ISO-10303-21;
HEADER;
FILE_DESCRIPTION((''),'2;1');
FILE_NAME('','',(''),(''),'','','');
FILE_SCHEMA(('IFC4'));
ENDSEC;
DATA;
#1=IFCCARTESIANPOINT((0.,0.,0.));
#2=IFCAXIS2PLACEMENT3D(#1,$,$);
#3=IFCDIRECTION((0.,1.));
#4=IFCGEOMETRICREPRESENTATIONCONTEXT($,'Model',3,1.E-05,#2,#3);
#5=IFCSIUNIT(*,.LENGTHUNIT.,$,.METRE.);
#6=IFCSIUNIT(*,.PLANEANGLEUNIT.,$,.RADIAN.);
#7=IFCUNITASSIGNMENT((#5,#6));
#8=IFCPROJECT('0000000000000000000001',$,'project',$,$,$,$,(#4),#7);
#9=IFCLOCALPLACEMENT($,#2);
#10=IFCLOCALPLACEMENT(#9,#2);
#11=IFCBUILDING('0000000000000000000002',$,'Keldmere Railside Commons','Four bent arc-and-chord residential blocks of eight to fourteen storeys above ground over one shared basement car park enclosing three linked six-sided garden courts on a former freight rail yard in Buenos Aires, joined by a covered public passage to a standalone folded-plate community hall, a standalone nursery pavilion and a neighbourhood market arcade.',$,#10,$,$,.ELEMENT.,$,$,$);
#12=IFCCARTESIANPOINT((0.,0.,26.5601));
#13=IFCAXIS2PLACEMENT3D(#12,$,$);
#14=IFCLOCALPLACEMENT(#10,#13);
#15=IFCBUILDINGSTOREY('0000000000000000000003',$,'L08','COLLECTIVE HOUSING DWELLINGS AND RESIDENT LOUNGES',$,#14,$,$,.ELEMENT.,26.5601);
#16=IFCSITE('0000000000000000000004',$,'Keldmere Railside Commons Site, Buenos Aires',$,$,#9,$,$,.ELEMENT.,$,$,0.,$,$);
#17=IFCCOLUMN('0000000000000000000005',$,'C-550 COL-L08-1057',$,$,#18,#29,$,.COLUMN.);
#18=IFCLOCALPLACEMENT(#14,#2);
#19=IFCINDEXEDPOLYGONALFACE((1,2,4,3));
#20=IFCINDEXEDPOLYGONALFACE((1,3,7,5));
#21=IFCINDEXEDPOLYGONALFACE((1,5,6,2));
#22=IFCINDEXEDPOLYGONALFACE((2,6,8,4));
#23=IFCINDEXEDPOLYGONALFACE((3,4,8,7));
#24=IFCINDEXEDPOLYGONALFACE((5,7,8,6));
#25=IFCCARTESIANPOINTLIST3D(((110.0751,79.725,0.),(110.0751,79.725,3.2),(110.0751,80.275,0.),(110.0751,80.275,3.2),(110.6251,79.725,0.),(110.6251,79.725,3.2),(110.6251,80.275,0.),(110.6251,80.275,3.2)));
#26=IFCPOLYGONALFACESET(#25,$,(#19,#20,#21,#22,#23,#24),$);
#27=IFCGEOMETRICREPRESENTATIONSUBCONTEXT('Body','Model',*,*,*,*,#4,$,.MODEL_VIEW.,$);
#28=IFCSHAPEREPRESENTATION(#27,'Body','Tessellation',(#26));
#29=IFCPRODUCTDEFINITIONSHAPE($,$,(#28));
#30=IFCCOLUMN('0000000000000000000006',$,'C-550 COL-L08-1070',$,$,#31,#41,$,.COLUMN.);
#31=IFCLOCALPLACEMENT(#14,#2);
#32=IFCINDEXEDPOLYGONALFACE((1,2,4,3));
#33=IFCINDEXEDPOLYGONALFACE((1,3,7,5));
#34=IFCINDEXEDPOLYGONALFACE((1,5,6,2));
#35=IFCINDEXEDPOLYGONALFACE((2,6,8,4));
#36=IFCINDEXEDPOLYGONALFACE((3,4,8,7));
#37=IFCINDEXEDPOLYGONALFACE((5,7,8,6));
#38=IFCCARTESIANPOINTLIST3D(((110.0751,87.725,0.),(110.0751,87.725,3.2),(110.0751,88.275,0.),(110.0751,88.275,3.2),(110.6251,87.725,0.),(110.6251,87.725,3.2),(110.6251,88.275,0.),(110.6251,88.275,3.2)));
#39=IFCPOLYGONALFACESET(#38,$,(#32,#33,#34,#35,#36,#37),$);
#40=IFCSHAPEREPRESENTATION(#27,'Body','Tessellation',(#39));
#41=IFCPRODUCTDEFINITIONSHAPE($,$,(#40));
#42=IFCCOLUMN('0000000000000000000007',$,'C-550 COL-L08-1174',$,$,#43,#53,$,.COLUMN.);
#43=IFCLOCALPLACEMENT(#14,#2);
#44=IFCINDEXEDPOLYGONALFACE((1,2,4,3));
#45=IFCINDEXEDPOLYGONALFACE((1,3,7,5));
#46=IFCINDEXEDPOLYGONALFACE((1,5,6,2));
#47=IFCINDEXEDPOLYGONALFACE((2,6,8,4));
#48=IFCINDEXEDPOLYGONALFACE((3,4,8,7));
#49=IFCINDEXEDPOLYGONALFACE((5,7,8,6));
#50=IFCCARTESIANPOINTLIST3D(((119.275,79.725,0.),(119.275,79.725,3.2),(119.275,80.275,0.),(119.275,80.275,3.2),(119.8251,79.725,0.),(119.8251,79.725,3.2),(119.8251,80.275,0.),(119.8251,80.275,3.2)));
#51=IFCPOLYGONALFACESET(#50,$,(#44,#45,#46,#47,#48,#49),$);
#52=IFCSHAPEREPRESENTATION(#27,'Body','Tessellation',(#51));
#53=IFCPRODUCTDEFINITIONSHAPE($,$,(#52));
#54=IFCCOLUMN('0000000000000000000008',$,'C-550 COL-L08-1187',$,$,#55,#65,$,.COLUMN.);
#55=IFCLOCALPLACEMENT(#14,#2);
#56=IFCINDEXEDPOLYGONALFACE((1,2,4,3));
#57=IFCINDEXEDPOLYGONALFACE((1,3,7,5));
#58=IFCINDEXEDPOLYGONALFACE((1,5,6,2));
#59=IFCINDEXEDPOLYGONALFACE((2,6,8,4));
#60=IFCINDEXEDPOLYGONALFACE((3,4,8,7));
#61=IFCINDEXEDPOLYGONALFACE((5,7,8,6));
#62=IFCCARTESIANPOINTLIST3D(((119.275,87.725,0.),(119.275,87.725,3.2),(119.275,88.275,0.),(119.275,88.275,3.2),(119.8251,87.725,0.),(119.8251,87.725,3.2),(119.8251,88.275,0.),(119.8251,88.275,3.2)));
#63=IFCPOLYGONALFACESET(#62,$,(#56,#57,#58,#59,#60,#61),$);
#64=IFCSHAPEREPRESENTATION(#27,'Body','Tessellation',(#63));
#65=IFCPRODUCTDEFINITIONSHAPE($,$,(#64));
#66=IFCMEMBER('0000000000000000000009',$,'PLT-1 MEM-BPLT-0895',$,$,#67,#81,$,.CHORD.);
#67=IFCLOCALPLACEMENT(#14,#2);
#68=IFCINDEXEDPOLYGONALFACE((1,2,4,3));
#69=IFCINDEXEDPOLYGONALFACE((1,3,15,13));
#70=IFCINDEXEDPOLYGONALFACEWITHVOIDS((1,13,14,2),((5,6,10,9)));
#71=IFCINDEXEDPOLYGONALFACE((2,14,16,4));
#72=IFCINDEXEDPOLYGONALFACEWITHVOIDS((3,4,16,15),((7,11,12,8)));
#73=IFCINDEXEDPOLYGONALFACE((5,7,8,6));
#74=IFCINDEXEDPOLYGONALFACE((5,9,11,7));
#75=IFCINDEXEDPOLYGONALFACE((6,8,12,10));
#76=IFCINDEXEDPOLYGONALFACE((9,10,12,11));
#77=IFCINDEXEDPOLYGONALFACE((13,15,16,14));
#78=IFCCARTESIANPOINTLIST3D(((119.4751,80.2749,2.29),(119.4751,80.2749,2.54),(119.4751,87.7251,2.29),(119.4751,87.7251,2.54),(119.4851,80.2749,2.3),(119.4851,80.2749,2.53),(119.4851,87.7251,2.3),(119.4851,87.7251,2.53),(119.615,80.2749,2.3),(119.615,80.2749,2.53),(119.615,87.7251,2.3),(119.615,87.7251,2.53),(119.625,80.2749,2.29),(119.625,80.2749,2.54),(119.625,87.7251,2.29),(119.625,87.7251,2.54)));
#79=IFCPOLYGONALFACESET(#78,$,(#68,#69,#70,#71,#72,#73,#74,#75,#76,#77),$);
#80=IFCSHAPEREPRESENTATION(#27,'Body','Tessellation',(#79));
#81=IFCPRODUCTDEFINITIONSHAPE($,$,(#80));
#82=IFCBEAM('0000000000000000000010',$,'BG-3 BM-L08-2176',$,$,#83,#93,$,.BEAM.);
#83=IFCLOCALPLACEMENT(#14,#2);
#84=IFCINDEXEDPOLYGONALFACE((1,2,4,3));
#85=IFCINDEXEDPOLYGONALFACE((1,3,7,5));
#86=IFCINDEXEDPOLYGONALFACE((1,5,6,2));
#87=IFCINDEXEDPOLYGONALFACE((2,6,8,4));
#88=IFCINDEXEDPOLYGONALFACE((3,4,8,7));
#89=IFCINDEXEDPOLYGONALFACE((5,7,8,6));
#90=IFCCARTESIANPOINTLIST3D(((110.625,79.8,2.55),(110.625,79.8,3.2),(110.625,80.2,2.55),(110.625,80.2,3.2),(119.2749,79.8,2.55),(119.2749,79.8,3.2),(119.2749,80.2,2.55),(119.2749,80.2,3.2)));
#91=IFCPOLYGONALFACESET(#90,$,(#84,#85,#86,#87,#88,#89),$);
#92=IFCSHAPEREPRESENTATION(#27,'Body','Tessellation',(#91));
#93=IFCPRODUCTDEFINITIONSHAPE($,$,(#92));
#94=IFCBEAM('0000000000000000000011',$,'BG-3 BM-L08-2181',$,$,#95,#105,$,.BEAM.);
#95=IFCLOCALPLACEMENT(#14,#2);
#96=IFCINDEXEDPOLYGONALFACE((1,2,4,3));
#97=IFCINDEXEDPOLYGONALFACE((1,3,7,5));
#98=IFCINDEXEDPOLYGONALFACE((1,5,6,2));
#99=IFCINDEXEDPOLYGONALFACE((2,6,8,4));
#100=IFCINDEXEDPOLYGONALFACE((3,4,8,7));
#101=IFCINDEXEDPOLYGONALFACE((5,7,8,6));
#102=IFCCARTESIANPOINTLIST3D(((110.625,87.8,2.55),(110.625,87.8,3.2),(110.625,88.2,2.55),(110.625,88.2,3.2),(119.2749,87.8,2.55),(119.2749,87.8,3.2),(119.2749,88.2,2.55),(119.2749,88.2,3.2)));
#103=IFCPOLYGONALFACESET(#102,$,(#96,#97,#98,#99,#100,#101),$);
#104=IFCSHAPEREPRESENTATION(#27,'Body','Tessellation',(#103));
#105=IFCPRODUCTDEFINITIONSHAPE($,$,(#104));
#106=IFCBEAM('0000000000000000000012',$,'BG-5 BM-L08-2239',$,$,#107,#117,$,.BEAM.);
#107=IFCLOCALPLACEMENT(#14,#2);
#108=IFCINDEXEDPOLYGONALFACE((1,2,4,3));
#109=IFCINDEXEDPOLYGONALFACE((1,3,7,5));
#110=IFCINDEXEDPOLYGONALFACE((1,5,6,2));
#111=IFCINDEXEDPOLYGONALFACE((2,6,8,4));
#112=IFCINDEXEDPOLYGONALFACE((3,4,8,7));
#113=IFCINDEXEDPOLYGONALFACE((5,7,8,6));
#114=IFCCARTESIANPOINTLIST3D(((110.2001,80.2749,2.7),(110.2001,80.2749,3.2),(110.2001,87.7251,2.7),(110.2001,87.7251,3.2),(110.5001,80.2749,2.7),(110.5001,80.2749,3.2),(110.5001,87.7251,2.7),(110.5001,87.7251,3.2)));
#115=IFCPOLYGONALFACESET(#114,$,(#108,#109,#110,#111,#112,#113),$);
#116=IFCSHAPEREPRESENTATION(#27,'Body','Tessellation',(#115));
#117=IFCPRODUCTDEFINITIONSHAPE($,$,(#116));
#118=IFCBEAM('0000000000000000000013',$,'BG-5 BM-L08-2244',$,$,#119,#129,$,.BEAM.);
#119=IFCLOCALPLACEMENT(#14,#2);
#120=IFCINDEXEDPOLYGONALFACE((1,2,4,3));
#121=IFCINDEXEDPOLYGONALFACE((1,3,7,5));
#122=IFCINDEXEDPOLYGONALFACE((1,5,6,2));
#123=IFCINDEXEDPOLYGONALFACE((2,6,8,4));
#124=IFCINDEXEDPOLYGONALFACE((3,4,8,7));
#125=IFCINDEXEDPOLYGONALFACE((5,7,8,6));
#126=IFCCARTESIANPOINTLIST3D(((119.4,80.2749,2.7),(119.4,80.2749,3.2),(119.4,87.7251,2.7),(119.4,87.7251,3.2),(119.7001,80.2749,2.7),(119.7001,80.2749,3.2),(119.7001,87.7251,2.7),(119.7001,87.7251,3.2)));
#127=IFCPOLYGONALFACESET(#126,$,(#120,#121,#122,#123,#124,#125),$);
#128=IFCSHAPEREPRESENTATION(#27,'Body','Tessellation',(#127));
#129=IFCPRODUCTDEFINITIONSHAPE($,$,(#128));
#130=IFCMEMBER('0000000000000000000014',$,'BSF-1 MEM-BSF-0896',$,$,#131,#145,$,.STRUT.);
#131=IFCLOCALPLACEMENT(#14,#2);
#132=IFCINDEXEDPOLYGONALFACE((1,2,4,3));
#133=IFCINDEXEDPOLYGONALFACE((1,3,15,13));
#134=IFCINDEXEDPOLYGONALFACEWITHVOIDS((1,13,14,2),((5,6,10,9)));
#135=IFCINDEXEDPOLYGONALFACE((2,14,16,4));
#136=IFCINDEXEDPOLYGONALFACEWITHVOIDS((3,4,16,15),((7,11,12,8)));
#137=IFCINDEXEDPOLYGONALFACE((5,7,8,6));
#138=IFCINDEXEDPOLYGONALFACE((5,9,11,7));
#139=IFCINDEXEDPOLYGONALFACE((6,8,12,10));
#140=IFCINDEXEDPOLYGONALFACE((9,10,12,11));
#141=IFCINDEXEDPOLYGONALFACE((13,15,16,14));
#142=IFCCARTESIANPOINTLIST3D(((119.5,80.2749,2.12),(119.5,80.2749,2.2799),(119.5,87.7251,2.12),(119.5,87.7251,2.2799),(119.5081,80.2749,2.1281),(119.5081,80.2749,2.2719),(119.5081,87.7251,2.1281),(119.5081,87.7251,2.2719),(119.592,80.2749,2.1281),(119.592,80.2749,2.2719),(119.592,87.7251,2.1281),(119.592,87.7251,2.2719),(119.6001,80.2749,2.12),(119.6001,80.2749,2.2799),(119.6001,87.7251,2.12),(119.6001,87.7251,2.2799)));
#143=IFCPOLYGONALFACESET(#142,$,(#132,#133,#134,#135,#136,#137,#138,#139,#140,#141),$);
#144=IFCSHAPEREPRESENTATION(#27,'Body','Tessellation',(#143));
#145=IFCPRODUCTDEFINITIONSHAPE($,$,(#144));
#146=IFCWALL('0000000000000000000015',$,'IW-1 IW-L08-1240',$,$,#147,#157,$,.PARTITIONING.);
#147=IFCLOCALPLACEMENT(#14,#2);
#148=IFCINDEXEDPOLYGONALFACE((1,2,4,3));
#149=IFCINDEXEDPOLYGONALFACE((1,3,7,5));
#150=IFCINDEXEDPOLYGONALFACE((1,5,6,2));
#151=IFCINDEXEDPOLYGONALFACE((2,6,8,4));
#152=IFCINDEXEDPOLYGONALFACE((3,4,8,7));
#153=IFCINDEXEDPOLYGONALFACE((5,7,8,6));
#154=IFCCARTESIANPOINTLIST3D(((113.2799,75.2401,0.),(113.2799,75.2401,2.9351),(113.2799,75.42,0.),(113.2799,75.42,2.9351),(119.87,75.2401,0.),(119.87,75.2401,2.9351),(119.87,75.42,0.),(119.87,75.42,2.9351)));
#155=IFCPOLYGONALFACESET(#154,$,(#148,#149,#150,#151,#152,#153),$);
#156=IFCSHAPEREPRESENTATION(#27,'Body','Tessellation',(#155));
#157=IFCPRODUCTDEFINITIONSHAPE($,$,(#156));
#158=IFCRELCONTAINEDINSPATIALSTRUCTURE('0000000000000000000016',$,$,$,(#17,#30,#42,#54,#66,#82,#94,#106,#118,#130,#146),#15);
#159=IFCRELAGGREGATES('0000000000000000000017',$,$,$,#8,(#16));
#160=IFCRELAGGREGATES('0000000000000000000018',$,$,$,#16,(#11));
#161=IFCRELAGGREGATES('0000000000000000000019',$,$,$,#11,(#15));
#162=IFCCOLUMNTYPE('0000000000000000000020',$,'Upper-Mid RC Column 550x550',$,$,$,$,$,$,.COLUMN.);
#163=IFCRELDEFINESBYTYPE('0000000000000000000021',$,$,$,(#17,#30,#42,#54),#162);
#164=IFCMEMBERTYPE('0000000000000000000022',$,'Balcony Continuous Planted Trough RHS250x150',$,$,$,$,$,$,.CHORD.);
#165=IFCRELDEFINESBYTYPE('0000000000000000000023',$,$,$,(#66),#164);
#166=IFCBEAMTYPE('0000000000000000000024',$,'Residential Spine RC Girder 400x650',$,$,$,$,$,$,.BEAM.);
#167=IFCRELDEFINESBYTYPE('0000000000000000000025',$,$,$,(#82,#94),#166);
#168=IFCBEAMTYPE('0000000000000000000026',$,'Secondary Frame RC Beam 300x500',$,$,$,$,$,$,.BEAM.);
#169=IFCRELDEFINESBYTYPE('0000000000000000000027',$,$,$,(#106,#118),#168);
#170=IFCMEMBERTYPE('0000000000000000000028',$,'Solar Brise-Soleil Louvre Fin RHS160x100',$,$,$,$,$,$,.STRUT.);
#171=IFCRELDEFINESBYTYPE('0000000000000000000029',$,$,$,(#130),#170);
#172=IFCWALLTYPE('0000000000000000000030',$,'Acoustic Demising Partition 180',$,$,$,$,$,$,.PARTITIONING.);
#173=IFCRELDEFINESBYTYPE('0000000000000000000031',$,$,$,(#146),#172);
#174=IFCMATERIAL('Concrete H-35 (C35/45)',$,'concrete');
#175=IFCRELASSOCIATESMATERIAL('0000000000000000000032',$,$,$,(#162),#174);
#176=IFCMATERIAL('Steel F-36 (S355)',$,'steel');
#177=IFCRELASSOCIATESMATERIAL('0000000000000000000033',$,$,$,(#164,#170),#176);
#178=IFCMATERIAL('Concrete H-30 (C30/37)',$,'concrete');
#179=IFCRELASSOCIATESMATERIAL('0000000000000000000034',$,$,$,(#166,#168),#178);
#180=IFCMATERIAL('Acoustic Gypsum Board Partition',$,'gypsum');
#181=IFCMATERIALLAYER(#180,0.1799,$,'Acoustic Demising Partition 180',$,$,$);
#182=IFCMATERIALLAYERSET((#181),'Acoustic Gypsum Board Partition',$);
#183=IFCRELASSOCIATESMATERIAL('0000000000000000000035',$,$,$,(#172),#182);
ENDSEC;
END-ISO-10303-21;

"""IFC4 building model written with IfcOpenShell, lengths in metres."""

from ifc_helpers import new_model, si_unit, direction, frame, frame_2d, origin, origin_2d, place, context, subcontext, project, spatial, rectangle, hollow_rectangle, extrude, material, layer, layer_set, material_profile, profile_set, type_object, element, save


model = new_model("IFC4")

# Units and contexts
model_context = context("Model", 3, precision=1e-05, world=origin(), true_north=direction((0.0, 1.0)))
body_context = subcontext(model_context, "Body", "Model", "MODEL_VIEW")
ifc_project = project(units=[si_unit("LENGTHUNIT", "METRE"), si_unit("PLANEANGLEUNIT", "RADIAN")], contexts=[model_context])

# Site, building, storey
site_placement = place(None, origin())
site = spatial("IfcSite", under=ifc_project, at=site_placement, Name="Keldmere Railside Commons Site, Buenos Aires", CompositionType="ELEMENT", RefElevation=0.0)
building_placement = place(site_placement, origin())
building = spatial("IfcBuilding", under=site, at=building_placement, Name="Keldmere Railside Commons", Description="Four bent arc-and-chord residential blocks of eight to fourteen storeys above ground over one shared basement car park enclosing three linked six-sided garden courts on a former freight rail yard in Buenos Aires, joined by a covered public passage to a standalone folded-plate community hall, a standalone nursery pavilion and a neighbourhood market arcade.", CompositionType="ELEMENT")
storey_placement = place(building_placement, frame((0.0, 0.0, 26.5601)))
storey = spatial("IfcBuildingStorey", under=building, at=storey_placement, Name="L08", Description="COLLECTIVE HOUSING DWELLINGS AND RESIDENT LOUNGES", CompositionType="ELEMENT", Elevation=26.5601)

# Columns
ifc_material_1 = material(Name="Concrete H-35 (C35/45)", Category="concrete")
ifc_material_profile_1 = material_profile(ifc_material_1, rectangle(XDim=0.55, YDim=0.55, at=origin_2d()), Name="RC-550x550")
ifc_profile_set_1 = profile_set([ifc_material_profile_1], Name="Concrete H-35 (C35/45)")
column_type = type_object("IfcColumnType", Name="Upper-Mid RC Column 550x550", PredefinedType="COLUMN", material=ifc_profile_set_1)
for number, where, z_axis, x_axis, name in (
    (1, (110.3501, 80.0, 0.0), (0.0, 0.0, 1.0), (1.0, 0.0, 0.0), "C-550 COL-L08-1057"),
    (2, (110.3501, 88.0, 0.0), (0.0, 0.0, 1.0), (1.0, 0.0, 0.0), "C-550 COL-L08-1070"),
    (3, (119.55, 80.0, 0.0), (0.0, 0.0, 1.0), (1.0, 0.0, 0.0), "C-550 COL-L08-1174"),
    (4, (119.55, 88.0, 0.0), (0.0, 0.0, 1.0), (1.0, 0.0, 0.0), "C-550 COL-L08-1187"),
):
    element("IfcColumn", number, at=place(storey_placement, frame(where, z_axis=z_axis, x_axis=x_axis)), inside=storey, type_object=column_type, Name=name, PredefinedType="COLUMN", context=body_context, shape_type="SweptSolid", body=[
        extrude(rectangle(XDim=0.55, YDim=0.55, at=origin_2d()), origin(), (0.0, 0.0, 1.0), 3.2),
    ])

# Member
ifc_material_2 = material(Name="Steel F-36 (S355)", Category="steel")
ifc_material_profile_2 = material_profile(ifc_material_2, hollow_rectangle(XDim=0.1499, YDim=0.25, WallThickness=0.01, at=origin_2d()), Name="RHS-250x150x10")
ifc_profile_set_2 = profile_set([ifc_material_profile_2], Name="Steel F-36 (S355)")
member_type_1 = type_object("IfcMemberType", Name="Balcony Continuous Planted Trough RHS250x150", PredefinedType="CHORD", material=ifc_profile_set_2)
member_1_placement = place(storey_placement, frame((119.55, 80.2749, 2.415), z_axis=(0.0, 1.0, 0.0), x_axis=(-1.0, 0.0, 0.0)))
element("IfcMember", 5, at=member_1_placement, inside=storey, type_object=member_type_1, Name="PLT-1 MEM-BPLT-0895", PredefinedType="CHORD", context=body_context, shape_type="SweptSolid", body=[
    extrude(hollow_rectangle(XDim=0.1499, YDim=0.25, WallThickness=0.01, at=origin_2d()), origin(), (0.0, 0.0, 1.0), 7.4502),
])

# Beams
ifc_material_3 = material(Name="Concrete H-30 (C30/37)", Category="concrete")
ifc_material_profile_3 = material_profile(ifc_material_3, rectangle(XDim=0.3999, YDim=0.6499, at=origin_2d()), Name="RC-400x650")
ifc_profile_set_3 = profile_set([ifc_material_profile_3], Name="Concrete H-30 (C30/37)")
beam_type_1 = type_object("IfcBeamType", Name="Residential Spine RC Girder 400x650", PredefinedType="BEAM", material=ifc_profile_set_3)
for number, where, z_axis, x_axis, name in (
    (6, (110.625, 80.0, 2.875), (1.0, 0.0, 0.0), (0.0, 1.0, 0.0), "BG-3 BM-L08-2176"),
    (7, (110.625, 88.0, 2.875), (1.0, 0.0, 0.0), (0.0, 1.0, 0.0), "BG-3 BM-L08-2181"),
):
    element("IfcBeam", number, at=place(storey_placement, frame(where, z_axis=z_axis, x_axis=x_axis)), inside=storey, type_object=beam_type_1, Name=name, PredefinedType="BEAM", context=body_context, shape_type="SweptSolid", body=[
        extrude(rectangle(XDim=0.3999, YDim=0.6499, at=origin_2d()), origin(), (0.0, 0.0, 1.0), 8.6499),
    ])
ifc_material_profile_4 = material_profile(ifc_material_3, rectangle(XDim=0.3, YDim=0.5, at=origin_2d()), Name="RC-300x500")
ifc_profile_set_4 = profile_set([ifc_material_profile_4], Name="Concrete H-30 (C30/37)")
beam_type_2 = type_object("IfcBeamType", Name="Secondary Frame RC Beam 300x500", PredefinedType="BEAM", material=ifc_profile_set_4)
for number, where, z_axis, x_axis, name in (
    (8, (110.3501, 80.2749, 2.95), (0.0, 1.0, 0.0), (-1.0, 0.0, 0.0), "BG-5 BM-L08-2239"),
    (9, (119.55, 80.2749, 2.95), (0.0, 1.0, 0.0), (-1.0, 0.0, 0.0), "BG-5 BM-L08-2244"),
):
    element("IfcBeam", number, at=place(storey_placement, frame(where, z_axis=z_axis, x_axis=x_axis)), inside=storey, type_object=beam_type_2, Name=name, PredefinedType="BEAM", context=body_context, shape_type="SweptSolid", body=[
        extrude(rectangle(XDim=0.3, YDim=0.5, at=origin_2d()), origin(), (0.0, 0.0, 1.0), 7.4502),
    ])

# Member
ifc_material_profile_5 = material_profile(ifc_material_2, hollow_rectangle(XDim=0.1001, YDim=0.1599, WallThickness=0.0081, at=origin_2d()), Name="RHS-160x100x8")
ifc_profile_set_5 = profile_set([ifc_material_profile_5], Name="Steel F-36 (S355)")
member_type_2 = type_object("IfcMemberType", Name="Solar Brise-Soleil Louvre Fin RHS160x100", PredefinedType="STRUT", material=ifc_profile_set_5)
member_2_placement = place(storey_placement, frame((119.55, 80.2749, 2.2), z_axis=(0.0, 1.0, 0.0), x_axis=(-1.0, 0.0, 0.0)))
element("IfcMember", 10, at=member_2_placement, inside=storey, type_object=member_type_2, Name="BSF-1 MEM-BSF-0896", PredefinedType="STRUT", context=body_context, shape_type="SweptSolid", body=[
    extrude(hollow_rectangle(XDim=0.1001, YDim=0.1599, WallThickness=0.0081, at=origin_2d()), origin(), (0.0, 0.0, 1.0), 7.4502),
])

# Wall
ifc_material_4 = material(Name="Acoustic Gypsum Board Partition", Category="gypsum")
ifc_layer_1 = layer(ifc_material_4, 0.1799, Name="Acoustic Demising Partition 180")
ifc_layer_set_1 = layer_set([ifc_layer_1], Name="Acoustic Gypsum Board Partition")
wall_type_1 = type_object("IfcWallType", Name="Acoustic Demising Partition 180", PredefinedType="PARTITIONING", material=ifc_layer_set_1)
wall_1_placement = place(storey_placement, frame((113.28, 75.3301, 0.0), z_axis=(0.0, 0.0, 1.0), x_axis=(1.0, 0.0, 0.0)))
element("IfcWall", 11, at=wall_1_placement, inside=storey, type_object=wall_type_1, Name="IW-1 IW-L08-1240", PredefinedType="PARTITIONING", context=body_context, shape_type="SweptSolid", body=[
    extrude(rectangle(XDim=6.5901, YDim=0.1799, at=frame_2d((3.2949, 0.0))), origin(), (0.0, 0.0, 1.0), 2.9351),
])

save(model, "model.ifc")
